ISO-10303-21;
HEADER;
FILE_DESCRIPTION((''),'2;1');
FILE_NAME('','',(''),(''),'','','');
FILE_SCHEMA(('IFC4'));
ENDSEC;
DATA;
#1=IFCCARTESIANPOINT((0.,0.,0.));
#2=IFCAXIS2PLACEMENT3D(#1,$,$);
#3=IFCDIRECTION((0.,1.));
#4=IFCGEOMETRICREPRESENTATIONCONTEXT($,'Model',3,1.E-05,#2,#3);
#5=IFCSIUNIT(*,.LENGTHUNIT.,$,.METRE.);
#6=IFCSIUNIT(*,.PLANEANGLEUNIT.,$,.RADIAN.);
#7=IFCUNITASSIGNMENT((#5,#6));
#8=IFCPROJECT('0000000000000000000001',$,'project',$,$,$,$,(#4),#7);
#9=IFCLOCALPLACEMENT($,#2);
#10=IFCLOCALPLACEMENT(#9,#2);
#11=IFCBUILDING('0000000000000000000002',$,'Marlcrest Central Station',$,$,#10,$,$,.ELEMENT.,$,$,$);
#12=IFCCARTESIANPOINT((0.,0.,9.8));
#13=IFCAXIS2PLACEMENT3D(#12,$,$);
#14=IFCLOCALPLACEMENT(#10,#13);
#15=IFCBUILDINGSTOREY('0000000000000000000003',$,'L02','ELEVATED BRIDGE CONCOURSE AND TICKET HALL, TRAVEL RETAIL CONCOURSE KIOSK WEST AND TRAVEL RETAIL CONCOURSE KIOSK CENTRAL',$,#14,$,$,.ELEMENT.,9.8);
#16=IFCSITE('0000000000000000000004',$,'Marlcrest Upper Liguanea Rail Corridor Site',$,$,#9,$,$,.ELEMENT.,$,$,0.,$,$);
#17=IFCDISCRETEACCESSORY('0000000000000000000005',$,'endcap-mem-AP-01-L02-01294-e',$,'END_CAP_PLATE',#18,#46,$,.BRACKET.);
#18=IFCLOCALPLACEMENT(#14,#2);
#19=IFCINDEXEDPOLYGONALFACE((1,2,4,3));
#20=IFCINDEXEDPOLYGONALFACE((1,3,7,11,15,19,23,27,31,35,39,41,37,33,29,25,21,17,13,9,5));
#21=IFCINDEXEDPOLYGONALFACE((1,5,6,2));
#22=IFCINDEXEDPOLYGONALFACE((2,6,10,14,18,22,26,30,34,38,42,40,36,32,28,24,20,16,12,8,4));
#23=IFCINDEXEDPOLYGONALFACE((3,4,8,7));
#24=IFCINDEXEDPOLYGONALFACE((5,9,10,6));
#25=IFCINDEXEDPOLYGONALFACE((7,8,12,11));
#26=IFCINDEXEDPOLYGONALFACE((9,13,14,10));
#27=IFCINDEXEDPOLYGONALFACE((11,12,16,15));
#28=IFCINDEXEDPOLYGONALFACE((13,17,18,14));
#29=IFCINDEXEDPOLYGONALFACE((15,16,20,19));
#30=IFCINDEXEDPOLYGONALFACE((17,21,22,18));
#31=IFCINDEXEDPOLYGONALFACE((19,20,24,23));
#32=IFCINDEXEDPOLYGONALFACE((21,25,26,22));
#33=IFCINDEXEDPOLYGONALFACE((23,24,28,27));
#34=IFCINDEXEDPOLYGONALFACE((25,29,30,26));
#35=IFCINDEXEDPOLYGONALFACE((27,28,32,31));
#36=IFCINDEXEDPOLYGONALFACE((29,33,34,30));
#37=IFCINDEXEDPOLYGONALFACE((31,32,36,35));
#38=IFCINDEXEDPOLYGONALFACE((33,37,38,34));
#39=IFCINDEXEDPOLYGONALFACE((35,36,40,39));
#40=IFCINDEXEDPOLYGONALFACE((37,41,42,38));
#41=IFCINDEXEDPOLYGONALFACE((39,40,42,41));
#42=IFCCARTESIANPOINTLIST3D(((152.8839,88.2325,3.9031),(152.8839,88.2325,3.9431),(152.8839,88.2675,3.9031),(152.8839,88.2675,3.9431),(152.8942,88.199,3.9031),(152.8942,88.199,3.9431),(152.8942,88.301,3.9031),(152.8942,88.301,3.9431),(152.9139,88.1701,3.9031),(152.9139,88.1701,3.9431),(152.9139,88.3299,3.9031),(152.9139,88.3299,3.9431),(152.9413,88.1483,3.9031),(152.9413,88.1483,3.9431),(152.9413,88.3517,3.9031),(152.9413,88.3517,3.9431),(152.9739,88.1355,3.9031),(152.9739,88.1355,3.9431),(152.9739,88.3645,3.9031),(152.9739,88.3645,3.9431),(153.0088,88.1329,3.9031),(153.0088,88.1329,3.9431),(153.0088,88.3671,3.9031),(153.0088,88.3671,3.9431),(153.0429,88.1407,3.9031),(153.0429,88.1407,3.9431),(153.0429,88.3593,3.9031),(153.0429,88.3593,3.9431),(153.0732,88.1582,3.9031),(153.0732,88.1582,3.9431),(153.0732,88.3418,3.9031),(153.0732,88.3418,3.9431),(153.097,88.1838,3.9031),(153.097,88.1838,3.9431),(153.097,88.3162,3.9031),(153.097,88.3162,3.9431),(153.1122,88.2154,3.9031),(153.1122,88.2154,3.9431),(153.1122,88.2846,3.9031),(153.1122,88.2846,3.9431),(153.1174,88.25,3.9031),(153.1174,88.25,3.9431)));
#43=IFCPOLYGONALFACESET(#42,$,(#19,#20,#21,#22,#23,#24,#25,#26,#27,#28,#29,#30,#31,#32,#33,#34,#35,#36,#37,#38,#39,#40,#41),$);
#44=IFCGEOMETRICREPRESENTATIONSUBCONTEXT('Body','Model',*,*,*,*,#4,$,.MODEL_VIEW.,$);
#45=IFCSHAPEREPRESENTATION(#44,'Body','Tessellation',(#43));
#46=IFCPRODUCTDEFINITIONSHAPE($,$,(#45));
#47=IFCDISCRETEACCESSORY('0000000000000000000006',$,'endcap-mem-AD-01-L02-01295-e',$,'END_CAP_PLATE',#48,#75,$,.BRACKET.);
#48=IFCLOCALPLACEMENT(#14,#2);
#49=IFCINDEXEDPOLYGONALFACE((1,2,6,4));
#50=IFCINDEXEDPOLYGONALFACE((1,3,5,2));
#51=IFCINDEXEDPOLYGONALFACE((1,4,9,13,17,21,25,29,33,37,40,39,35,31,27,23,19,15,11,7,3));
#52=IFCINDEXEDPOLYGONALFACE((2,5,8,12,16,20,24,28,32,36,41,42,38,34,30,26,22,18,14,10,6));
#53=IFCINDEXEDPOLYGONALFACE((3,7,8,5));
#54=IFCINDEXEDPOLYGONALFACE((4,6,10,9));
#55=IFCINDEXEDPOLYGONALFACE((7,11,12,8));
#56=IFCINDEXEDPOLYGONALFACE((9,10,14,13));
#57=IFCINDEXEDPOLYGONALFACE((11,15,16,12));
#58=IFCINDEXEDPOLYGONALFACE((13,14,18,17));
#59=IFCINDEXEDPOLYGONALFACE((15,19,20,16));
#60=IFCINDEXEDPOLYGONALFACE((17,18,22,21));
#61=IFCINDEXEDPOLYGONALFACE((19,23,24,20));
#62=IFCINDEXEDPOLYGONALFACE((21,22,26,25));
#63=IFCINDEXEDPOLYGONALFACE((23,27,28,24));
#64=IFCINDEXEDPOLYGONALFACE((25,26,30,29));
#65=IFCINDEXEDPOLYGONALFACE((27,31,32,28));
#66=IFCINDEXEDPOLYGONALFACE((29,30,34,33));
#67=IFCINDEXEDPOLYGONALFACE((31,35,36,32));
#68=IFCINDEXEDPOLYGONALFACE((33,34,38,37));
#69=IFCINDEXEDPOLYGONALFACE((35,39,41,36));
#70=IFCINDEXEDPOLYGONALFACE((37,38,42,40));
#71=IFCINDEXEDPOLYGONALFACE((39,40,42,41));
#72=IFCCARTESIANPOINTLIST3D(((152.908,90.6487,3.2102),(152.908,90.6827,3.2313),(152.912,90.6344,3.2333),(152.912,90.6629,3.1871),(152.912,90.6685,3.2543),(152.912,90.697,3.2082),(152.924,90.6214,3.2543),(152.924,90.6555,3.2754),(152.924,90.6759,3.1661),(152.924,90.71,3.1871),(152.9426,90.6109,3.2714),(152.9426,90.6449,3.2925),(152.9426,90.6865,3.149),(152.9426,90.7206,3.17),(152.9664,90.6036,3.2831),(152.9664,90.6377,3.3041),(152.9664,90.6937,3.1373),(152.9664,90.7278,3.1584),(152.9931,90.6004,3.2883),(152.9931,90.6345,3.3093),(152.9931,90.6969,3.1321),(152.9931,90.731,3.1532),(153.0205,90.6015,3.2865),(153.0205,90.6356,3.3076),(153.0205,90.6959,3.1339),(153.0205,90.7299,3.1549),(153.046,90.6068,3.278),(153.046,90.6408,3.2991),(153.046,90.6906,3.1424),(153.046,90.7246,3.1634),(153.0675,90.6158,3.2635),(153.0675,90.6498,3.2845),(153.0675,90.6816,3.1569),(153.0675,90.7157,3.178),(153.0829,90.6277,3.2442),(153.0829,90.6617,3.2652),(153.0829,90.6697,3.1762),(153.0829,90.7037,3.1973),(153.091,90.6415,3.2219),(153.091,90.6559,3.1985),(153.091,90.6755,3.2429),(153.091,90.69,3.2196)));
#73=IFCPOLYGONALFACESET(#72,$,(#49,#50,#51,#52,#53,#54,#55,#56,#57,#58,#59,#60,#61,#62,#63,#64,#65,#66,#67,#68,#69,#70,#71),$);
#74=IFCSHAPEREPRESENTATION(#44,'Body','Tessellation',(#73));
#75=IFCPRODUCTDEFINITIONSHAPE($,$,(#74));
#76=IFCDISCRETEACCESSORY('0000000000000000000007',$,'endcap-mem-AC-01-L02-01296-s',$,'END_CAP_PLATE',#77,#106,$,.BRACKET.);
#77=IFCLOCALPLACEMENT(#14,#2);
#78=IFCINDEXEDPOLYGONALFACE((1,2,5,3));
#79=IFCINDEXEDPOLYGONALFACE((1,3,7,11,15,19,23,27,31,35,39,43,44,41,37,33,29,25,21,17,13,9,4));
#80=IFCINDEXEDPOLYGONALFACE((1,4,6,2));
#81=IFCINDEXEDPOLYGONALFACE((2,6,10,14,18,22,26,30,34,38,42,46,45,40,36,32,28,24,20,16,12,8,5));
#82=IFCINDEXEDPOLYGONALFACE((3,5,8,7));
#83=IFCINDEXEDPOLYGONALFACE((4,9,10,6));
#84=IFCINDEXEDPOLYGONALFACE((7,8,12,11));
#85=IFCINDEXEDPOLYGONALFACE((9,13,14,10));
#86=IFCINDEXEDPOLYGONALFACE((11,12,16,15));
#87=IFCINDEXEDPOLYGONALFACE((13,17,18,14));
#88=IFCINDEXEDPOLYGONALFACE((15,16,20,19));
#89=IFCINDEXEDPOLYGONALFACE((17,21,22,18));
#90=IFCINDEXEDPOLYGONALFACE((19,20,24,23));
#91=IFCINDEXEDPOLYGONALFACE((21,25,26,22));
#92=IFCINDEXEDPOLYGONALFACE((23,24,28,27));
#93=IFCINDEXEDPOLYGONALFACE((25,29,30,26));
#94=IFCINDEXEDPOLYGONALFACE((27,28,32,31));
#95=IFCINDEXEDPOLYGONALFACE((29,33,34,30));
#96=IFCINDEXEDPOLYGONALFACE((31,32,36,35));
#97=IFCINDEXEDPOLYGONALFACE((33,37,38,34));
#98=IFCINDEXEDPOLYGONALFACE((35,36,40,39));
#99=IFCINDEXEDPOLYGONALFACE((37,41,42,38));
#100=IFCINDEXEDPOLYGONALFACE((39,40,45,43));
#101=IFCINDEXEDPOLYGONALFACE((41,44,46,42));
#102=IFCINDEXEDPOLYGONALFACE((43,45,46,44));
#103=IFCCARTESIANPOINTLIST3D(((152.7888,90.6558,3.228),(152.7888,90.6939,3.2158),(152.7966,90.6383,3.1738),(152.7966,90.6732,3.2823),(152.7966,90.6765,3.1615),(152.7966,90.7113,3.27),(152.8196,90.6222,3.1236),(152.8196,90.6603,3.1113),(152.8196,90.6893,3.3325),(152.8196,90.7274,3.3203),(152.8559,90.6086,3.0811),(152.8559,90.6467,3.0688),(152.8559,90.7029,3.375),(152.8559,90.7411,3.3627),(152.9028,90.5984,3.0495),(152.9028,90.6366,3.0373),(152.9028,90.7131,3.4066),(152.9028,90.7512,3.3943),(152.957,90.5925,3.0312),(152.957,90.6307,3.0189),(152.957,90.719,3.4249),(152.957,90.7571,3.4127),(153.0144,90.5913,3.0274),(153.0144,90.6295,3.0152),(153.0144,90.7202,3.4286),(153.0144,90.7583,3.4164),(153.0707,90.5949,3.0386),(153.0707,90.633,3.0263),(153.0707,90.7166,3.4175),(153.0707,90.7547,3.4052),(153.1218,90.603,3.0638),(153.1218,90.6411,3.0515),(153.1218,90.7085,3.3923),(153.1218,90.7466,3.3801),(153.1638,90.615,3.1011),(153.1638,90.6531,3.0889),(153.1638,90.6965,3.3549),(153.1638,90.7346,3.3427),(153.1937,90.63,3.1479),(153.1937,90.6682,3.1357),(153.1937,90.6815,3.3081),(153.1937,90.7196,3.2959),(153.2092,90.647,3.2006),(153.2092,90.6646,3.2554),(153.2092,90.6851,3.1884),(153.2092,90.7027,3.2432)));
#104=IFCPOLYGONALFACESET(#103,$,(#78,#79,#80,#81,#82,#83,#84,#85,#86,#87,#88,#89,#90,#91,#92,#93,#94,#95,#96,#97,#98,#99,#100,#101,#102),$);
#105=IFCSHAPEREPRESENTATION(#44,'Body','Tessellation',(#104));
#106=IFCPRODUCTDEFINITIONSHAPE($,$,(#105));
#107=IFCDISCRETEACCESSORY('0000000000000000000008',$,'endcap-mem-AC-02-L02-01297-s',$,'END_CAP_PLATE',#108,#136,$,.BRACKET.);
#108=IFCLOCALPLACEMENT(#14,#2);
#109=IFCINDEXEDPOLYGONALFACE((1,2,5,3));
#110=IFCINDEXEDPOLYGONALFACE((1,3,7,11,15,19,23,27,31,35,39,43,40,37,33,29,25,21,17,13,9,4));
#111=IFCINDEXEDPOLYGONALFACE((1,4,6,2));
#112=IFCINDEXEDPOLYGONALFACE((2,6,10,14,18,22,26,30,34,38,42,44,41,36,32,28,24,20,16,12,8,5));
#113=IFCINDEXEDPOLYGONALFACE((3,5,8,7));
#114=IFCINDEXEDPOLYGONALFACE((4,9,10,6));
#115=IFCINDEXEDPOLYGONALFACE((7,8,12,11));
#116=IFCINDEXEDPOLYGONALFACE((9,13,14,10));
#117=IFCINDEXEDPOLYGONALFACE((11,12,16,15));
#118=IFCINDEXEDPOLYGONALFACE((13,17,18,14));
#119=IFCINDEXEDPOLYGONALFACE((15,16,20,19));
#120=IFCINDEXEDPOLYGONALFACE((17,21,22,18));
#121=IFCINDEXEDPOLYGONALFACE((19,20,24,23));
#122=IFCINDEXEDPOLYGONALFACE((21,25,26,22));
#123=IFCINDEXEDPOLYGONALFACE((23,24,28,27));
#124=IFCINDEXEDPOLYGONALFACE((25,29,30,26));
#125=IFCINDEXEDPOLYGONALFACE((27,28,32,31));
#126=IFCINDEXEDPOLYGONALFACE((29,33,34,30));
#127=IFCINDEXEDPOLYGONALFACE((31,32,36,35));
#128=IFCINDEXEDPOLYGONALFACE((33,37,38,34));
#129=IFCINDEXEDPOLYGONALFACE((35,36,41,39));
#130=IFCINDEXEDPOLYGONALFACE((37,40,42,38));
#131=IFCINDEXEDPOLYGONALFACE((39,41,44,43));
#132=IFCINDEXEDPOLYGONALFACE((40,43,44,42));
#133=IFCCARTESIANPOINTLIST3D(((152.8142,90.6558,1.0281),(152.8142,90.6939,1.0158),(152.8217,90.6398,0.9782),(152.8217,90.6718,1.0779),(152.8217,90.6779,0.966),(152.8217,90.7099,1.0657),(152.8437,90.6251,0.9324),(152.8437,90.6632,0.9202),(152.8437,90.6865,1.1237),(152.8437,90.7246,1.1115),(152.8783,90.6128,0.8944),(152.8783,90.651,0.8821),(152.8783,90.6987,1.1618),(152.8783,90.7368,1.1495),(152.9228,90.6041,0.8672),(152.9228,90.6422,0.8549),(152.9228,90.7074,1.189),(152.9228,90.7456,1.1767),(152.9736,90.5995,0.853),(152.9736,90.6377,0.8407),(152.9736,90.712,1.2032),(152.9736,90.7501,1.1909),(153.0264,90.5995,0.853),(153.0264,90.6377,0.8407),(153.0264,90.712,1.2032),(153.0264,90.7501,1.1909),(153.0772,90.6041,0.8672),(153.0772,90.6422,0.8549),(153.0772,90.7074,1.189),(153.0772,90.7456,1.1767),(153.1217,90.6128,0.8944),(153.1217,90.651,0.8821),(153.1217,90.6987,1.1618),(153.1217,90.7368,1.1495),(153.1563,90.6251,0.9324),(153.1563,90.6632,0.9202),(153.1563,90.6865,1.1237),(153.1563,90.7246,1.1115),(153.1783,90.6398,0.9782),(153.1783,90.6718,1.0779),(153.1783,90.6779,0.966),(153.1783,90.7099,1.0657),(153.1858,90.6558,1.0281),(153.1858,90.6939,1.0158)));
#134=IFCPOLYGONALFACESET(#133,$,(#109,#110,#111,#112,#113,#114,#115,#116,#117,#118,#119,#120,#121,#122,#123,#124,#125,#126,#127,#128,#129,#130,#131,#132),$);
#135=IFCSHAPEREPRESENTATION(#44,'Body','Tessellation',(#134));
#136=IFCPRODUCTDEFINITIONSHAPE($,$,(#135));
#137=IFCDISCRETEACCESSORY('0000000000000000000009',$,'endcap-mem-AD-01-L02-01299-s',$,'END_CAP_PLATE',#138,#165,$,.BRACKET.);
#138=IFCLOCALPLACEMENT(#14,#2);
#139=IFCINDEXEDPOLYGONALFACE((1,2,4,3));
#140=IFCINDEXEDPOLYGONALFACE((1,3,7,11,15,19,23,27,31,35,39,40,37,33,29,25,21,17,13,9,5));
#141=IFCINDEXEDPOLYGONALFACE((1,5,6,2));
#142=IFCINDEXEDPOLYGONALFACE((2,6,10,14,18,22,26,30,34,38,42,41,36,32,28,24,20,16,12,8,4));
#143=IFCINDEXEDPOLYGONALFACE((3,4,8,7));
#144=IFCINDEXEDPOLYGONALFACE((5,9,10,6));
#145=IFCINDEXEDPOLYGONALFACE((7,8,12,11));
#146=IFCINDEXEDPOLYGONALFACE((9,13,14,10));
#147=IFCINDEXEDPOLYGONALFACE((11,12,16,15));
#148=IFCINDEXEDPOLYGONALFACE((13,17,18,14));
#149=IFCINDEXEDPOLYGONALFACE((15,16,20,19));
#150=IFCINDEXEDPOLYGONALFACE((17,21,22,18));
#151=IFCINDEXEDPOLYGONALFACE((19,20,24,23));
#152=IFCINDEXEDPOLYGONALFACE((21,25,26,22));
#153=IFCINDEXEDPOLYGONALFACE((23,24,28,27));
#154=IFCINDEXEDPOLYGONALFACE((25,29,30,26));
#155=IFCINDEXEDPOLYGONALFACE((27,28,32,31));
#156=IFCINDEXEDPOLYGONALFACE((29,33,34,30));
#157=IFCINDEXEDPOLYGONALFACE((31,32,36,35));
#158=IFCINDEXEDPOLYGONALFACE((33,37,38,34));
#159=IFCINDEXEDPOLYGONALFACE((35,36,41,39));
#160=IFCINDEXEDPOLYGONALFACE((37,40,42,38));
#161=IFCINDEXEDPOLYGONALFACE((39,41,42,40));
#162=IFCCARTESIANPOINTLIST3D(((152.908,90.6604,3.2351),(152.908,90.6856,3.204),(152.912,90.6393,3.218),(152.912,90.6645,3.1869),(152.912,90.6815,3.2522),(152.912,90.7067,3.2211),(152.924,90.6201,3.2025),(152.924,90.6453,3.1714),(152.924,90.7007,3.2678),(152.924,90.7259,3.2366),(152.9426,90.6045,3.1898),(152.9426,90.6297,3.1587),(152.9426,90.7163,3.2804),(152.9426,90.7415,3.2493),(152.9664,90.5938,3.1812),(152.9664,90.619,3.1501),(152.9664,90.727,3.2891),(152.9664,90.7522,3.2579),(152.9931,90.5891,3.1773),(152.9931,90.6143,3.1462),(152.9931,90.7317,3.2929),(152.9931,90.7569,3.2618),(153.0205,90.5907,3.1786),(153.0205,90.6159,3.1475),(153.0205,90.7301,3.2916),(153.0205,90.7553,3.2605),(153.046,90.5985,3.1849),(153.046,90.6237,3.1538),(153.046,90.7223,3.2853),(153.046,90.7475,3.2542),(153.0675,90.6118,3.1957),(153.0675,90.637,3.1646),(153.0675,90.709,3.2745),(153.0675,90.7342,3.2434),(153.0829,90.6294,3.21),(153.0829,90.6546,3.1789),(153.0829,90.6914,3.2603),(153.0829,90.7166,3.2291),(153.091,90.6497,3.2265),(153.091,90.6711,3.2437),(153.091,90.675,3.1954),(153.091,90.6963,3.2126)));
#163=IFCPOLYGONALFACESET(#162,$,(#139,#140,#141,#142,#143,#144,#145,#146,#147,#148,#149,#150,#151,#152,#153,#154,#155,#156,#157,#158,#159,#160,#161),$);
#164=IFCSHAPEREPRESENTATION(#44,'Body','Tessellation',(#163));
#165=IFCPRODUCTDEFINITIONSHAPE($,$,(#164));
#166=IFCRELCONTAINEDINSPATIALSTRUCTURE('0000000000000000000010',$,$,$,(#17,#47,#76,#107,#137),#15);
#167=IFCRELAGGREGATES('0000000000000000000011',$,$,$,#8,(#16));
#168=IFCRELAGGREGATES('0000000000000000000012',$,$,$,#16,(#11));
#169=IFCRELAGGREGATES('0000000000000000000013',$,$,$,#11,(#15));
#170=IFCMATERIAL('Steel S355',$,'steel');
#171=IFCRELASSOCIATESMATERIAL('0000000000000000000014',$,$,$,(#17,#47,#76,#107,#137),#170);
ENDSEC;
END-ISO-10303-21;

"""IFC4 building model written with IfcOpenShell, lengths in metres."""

from ifc_helpers import new_model, si_unit, direction, frame, origin, origin_2d, place, context, subcontext, project, spatial, circle, extrude, material, element, save


model = new_model("IFC4")

# Units and contexts
model_context = context("Model", 3, precision=1e-05, world=origin(), true_north=direction((0.0, 1.0)))
body_context = subcontext(model_context, "Body", "Model", "MODEL_VIEW")
ifc_project = project(units=[si_unit("LENGTHUNIT", "METRE"), si_unit("PLANEANGLEUNIT", "RADIAN")], contexts=[model_context])

# Site, building, storey
site_placement = place(None, origin())
site = spatial("IfcSite", under=ifc_project, at=site_placement, Name="Marlcrest Upper Liguanea Rail Corridor Site", CompositionType="ELEMENT", RefElevation=0.0)
building_placement = place(site_placement, origin())
building = spatial("IfcBuilding", under=site, at=building_placement, Name="Marlcrest Central Station", CompositionType="ELEMENT")
storey_placement = place(building_placement, frame((0.0, 0.0, 9.8)))
storey = spatial("IfcBuildingStorey", under=building, at=storey_placement, Name="L02", Description="ELEVATED BRIDGE CONCOURSE AND TICKET HALL, TRAVEL RETAIL CONCOURSE KIOSK WEST AND TRAVEL RETAIL CONCOURSE KIOSK CENTRAL", CompositionType="ELEMENT", Elevation=9.8)

# Shared definitions
ifc_material_1 = material(Name="Steel S355", Category="steel")

# Discrete accessories
for number, where, z_axis, x_axis, name in (
    (1, (153.0, 88.25, 3.9031), (0.0, 0.0, 1.0), (1.0, 0.0, 0.0), "endcap-mem-AP-01-L02-01294-e"),
):
    element("IfcDiscreteAccessory", number, at=place(storey_placement, frame(where, z_axis=z_axis, x_axis=x_axis)), inside=storey, material=ifc_material_1, Name=name, ObjectType="END_CAP_PLATE", PredefinedType="BRACKET", context=body_context, shape_type="SweptSolid", body=[
        extrude(circle(Radius=0.1174, at=origin_2d()), origin(), (0.0, 0.0, 1.0), 0.04),
    ])
discrete_accessory_1_placement = place(storey_placement, frame((153.0, 90.6487, 3.2102), z_axis=(0.0, 0.850687, 0.525672), x_axis=(-1.0, 0.0, 0.0)))
element("IfcDiscreteAccessory", 2, at=discrete_accessory_1_placement, inside=storey, material=ifc_material_1, Name="endcap-mem-AD-01-L02-01295-e", ObjectType="END_CAP_PLATE", PredefinedType="BRACKET", context=body_context, shape_type="SweptSolid", body=[
    extrude(circle(Radius=0.092, at=origin_2d()), origin(), (0.0, 0.0, 1.0), 0.04),
])
discrete_accessory_2_placement = place(storey_placement, frame((153.0, 90.6558, 3.228), z_axis=(0.0, 0.952117, -0.305734), x_axis=(-1.0, 0.0, 0.0)))
element("IfcDiscreteAccessory", 3, at=discrete_accessory_2_placement, inside=storey, material=ifc_material_1, Name="endcap-mem-AC-01-L02-01296-s", ObjectType="END_CAP_PLATE", PredefinedType="BRACKET", context=body_context, shape_type="SweptSolid", body=[
    extrude(circle(Radius=0.2112, at=origin_2d()), origin(), (0.0, 0.0, 1.0), 0.04),
])
discrete_accessory_3_placement = place(storey_placement, frame((153.0, 90.6558, 1.0281), z_axis=(0.0, 0.952117, -0.305734), x_axis=(-1.0, 0.0, 0.0)))
element("IfcDiscreteAccessory", 4, at=discrete_accessory_3_placement, inside=storey, material=ifc_material_1, Name="endcap-mem-AC-02-L02-01297-s", ObjectType="END_CAP_PLATE", PredefinedType="BRACKET", context=body_context, shape_type="SweptSolid", body=[
    extrude(circle(Radius=0.1858, at=origin_2d()), origin(), (0.0, 0.0, 1.0), 0.04),
])
discrete_accessory_4_placement = place(storey_placement, frame((153.0, 90.6604, 3.2351), z_axis=(0.0, 0.629629, -0.776896), x_axis=(-1.0, 0.0, 0.0)))
element("IfcDiscreteAccessory", 5, at=discrete_accessory_4_placement, inside=storey, material=ifc_material_1, Name="endcap-mem-AD-01-L02-01299-s", ObjectType="END_CAP_PLATE", PredefinedType="BRACKET", context=body_context, shape_type="SweptSolid", body=[
    extrude(circle(Radius=0.092, at=origin_2d()), origin(), (0.0, 0.0, 1.0), 0.04),
])

save(model, "model.ifc")
